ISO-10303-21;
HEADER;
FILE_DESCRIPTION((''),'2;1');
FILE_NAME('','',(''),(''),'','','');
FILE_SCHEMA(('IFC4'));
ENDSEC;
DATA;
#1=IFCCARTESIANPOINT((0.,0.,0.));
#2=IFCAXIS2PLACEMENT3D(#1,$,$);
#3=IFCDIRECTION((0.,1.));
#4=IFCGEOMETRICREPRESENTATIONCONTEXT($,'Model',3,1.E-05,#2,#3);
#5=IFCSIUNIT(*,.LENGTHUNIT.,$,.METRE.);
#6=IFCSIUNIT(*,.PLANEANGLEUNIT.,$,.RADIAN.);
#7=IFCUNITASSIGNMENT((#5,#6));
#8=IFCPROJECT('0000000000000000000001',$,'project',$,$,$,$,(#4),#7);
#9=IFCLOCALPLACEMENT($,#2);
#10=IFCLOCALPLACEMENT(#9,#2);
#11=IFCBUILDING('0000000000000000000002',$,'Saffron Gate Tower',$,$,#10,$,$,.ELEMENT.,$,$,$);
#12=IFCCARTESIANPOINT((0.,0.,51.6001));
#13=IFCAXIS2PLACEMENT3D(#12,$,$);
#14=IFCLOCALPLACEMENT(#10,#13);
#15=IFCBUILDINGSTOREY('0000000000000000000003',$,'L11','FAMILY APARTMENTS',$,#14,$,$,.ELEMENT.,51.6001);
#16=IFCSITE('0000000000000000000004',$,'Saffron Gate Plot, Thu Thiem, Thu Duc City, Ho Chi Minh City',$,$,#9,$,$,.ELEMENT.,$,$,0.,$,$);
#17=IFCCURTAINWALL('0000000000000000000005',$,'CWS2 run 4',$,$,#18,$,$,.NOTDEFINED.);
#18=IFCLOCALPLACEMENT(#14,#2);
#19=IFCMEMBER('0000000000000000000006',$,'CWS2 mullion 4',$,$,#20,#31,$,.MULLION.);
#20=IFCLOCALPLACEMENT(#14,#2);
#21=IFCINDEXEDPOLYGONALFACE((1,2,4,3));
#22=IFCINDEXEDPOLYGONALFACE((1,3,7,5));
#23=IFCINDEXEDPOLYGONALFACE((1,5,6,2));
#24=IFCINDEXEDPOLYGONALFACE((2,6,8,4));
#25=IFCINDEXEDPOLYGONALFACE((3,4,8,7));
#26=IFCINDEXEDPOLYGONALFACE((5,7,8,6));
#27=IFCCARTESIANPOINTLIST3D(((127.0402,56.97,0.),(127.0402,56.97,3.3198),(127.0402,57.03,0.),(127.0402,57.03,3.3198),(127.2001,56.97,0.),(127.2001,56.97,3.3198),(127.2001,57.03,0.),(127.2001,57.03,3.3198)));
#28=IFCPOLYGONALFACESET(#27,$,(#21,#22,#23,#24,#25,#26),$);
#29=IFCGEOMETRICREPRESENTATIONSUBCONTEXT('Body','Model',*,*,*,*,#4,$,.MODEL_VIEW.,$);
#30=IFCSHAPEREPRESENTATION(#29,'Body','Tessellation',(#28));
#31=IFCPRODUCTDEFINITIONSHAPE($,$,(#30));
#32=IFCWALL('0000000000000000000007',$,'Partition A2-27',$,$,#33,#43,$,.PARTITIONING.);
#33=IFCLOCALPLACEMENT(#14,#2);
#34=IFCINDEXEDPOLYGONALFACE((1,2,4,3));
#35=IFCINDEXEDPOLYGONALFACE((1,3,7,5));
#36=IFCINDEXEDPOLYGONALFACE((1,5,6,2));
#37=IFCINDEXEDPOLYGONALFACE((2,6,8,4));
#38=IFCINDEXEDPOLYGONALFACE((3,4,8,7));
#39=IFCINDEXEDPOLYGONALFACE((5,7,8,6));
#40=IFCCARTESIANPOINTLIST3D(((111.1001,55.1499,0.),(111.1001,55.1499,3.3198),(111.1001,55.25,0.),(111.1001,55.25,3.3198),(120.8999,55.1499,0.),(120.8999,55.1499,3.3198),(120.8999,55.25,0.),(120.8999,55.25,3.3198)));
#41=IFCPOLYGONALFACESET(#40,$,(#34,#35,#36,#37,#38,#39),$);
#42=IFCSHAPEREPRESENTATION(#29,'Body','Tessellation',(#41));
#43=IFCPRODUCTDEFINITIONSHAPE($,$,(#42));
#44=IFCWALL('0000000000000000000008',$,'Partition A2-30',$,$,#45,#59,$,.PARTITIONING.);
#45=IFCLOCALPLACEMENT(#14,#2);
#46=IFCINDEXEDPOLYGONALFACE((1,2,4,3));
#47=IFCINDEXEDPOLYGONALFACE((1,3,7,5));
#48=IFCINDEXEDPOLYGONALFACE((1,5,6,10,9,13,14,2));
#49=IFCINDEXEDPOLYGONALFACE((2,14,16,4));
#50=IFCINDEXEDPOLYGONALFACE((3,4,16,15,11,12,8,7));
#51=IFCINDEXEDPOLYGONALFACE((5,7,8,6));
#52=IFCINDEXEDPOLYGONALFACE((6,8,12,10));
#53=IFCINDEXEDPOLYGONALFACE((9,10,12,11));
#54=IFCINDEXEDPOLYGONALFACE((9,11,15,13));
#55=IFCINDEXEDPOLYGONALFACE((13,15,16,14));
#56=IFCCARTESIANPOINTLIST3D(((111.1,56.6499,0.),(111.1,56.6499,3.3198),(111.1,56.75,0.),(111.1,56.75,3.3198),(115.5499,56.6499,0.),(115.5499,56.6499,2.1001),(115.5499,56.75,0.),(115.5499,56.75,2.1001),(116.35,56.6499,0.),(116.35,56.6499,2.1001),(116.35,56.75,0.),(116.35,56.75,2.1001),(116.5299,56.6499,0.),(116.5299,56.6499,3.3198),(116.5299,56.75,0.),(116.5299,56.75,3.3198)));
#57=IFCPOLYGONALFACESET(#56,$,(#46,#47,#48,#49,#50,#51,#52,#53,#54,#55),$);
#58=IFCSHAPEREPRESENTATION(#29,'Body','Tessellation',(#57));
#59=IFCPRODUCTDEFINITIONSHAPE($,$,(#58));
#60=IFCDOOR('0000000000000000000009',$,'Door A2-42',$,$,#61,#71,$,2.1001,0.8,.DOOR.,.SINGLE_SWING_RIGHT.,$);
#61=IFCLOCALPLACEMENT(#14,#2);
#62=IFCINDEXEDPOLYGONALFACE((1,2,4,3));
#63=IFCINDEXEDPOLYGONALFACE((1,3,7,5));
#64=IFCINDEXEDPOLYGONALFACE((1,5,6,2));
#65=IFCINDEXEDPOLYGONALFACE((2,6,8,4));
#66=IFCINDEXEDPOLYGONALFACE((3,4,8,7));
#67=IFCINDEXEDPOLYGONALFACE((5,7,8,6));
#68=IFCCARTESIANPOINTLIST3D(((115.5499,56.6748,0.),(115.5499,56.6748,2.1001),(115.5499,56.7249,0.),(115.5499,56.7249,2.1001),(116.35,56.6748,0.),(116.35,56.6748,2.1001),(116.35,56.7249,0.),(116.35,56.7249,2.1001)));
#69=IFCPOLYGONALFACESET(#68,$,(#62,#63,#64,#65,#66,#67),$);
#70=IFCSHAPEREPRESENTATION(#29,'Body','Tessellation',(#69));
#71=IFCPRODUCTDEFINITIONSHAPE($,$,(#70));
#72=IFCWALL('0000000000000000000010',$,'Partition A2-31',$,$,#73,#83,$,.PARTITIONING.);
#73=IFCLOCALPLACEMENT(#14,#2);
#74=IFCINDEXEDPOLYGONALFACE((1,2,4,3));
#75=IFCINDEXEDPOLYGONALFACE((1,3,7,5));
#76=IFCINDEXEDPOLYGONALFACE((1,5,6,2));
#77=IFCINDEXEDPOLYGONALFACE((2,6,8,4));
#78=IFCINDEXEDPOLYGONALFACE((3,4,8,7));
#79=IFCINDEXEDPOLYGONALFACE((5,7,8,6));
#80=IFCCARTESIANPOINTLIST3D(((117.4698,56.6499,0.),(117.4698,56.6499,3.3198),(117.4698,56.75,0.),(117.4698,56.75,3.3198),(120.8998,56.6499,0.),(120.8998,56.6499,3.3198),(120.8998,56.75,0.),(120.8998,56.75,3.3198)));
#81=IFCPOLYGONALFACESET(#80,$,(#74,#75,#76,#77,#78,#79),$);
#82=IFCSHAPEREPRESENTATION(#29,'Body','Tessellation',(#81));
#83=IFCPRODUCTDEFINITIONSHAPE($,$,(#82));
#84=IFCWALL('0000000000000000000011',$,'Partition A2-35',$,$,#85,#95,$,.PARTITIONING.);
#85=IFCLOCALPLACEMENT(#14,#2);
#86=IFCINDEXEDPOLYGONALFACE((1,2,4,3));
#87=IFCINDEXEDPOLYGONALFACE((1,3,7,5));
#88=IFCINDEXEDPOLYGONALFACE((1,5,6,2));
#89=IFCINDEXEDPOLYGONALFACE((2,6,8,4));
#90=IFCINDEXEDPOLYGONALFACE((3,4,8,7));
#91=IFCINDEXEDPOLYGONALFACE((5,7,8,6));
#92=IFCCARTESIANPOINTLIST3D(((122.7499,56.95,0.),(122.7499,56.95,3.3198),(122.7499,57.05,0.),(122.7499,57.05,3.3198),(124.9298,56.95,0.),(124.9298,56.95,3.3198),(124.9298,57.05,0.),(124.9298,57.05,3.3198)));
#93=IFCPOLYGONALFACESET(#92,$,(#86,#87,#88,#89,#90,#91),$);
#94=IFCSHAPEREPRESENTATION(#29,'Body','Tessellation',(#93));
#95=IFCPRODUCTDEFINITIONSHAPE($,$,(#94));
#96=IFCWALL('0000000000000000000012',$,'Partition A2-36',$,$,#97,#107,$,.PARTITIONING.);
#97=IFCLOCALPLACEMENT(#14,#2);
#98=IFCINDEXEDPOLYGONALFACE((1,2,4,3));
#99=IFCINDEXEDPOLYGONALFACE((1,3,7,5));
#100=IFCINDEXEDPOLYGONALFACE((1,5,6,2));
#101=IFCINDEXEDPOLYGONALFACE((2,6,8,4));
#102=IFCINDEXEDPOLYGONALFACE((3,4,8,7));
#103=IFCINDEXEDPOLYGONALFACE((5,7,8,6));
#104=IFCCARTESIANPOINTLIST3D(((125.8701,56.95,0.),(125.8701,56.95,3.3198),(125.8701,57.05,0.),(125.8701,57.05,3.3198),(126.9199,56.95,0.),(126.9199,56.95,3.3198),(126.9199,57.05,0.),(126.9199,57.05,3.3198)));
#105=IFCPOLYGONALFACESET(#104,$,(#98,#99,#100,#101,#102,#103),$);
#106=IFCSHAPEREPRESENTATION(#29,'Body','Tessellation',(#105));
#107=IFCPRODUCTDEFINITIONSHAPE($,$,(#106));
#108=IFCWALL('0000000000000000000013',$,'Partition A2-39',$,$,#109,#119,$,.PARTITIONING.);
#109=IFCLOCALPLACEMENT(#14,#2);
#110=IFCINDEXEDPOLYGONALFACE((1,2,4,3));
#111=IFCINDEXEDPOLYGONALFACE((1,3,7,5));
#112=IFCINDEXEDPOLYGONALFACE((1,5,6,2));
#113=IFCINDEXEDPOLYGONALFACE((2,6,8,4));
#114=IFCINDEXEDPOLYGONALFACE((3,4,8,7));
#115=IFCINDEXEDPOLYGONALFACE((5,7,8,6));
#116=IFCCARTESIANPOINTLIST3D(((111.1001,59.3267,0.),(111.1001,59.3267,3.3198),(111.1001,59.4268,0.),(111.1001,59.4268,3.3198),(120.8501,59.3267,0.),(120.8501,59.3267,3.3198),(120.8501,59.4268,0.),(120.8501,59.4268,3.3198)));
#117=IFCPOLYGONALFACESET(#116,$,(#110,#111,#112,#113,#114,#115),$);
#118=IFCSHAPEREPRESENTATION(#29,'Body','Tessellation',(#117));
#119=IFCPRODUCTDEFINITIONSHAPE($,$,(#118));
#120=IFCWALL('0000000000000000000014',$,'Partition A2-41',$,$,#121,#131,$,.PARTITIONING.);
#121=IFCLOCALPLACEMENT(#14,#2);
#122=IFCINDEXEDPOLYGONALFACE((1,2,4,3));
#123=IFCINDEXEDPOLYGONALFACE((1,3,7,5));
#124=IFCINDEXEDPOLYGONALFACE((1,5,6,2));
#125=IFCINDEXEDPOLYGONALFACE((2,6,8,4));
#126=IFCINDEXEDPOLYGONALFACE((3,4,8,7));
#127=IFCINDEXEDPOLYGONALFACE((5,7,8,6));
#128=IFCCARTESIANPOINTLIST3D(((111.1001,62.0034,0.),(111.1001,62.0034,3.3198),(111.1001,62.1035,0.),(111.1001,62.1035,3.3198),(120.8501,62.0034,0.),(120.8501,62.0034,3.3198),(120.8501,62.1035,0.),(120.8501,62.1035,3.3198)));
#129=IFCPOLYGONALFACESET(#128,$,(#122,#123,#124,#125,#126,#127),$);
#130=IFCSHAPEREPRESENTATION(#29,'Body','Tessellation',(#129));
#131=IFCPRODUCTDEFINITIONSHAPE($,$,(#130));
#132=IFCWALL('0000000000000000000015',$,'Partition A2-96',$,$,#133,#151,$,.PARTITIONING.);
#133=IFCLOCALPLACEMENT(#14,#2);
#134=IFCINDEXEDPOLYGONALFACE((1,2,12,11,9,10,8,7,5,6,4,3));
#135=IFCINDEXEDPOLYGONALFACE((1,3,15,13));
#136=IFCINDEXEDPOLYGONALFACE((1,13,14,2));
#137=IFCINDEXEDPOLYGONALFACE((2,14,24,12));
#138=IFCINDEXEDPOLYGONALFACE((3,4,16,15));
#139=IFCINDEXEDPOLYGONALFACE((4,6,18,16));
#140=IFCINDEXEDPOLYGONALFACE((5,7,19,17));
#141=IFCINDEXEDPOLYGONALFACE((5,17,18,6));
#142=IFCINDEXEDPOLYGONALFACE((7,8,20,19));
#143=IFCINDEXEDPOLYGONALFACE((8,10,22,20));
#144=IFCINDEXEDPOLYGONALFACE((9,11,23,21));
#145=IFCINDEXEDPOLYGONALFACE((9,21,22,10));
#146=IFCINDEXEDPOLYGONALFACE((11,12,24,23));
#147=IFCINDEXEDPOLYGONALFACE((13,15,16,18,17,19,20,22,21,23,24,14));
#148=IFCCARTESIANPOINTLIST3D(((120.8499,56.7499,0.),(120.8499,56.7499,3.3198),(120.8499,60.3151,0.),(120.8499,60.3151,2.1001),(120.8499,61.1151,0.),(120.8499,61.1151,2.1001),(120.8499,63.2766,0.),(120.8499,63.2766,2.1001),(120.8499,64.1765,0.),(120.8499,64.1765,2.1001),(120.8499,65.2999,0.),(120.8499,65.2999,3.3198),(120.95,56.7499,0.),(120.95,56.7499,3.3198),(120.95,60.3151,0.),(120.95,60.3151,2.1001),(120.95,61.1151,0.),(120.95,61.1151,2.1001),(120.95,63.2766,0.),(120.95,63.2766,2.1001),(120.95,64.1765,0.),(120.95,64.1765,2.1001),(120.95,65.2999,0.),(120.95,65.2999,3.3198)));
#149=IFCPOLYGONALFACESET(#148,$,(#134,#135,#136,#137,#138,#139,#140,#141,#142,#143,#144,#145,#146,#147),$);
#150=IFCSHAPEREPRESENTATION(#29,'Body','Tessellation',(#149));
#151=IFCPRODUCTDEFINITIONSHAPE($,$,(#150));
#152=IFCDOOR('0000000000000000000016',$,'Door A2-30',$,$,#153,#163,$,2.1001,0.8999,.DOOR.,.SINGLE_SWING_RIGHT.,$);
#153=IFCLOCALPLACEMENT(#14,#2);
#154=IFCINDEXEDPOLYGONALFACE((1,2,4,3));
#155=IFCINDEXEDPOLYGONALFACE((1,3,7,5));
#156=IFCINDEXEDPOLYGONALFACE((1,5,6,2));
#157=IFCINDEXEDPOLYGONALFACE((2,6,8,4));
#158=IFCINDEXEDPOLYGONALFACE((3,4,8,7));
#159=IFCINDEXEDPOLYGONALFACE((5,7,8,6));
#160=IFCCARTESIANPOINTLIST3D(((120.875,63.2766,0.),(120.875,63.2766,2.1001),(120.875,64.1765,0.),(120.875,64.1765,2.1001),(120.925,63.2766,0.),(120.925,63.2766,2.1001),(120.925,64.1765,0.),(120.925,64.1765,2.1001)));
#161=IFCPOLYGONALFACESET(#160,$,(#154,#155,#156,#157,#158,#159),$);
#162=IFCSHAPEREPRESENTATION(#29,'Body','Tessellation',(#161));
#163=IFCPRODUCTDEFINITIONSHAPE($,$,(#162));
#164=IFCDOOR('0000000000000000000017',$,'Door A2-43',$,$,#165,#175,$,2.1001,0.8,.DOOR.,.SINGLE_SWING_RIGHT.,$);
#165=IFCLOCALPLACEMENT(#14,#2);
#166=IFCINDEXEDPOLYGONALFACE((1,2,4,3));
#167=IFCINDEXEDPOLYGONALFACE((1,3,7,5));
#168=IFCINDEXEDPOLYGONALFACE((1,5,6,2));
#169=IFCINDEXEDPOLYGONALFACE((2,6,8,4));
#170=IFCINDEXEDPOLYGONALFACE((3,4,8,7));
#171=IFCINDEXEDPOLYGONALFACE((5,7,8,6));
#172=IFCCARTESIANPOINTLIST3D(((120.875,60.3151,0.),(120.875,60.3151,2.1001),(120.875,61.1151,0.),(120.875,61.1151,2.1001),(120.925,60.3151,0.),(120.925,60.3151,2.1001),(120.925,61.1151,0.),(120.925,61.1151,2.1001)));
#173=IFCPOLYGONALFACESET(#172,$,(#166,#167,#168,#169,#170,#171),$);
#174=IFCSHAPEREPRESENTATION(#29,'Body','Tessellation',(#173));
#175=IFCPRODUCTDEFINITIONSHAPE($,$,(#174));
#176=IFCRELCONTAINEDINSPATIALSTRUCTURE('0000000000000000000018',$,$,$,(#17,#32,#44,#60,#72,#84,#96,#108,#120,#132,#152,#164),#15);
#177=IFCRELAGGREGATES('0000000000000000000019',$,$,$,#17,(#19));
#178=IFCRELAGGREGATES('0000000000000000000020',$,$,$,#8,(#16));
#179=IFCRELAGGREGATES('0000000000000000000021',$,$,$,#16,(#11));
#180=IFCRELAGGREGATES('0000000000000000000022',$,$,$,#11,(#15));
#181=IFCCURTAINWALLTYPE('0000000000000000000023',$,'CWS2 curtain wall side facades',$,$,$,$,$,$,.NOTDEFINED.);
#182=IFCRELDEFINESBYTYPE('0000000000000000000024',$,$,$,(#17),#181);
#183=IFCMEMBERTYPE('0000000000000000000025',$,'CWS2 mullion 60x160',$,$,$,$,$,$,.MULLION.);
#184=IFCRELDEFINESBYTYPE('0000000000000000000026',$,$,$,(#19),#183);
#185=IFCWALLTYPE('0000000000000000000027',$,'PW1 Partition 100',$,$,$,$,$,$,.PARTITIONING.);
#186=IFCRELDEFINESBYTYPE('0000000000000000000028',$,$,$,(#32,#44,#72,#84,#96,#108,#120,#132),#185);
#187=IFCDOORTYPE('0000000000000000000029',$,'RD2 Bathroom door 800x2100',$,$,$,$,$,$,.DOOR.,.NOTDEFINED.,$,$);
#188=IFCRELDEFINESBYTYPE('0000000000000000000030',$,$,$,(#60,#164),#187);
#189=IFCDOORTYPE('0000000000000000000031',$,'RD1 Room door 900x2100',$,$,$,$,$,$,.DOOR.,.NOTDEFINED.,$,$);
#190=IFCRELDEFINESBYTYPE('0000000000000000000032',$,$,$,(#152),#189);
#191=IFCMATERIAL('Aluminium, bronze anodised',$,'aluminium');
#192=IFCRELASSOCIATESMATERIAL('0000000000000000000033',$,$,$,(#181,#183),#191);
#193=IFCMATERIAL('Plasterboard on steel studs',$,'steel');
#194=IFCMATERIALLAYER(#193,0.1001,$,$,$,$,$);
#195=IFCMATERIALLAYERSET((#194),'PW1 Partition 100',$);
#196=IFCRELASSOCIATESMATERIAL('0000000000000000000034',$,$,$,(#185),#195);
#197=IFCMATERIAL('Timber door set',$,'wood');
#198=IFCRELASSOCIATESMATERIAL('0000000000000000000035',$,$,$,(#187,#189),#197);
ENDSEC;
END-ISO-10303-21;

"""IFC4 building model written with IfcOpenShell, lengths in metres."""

from ifc_helpers import new_model, si_unit, direction, frame, frame_2d, origin, origin_2d, place, context, subcontext, project, spatial, rectangle, extrude, material, layer, layer_set, material_profile, profile_set, type_object, element, fill, aggregate, save


model = new_model("IFC4")

# Units and contexts
model_context = context("Model", 3, precision=1e-05, world=origin(), true_north=direction((0.0, 1.0)))
body_context = subcontext(model_context, "Body", "Model", "MODEL_VIEW")
ifc_project = project(units=[si_unit("LENGTHUNIT", "METRE"), si_unit("PLANEANGLEUNIT", "RADIAN")], contexts=[model_context])

# Site, building, storey
site_placement = place(None, origin())
site = spatial("IfcSite", under=ifc_project, at=site_placement, Name="Saffron Gate Plot, Thu Thiem, Thu Duc City, Ho Chi Minh City", CompositionType="ELEMENT", RefElevation=0.0)
building_placement = place(site_placement, origin())
building = spatial("IfcBuilding", under=site, at=building_placement, Name="Saffron Gate Tower", CompositionType="ELEMENT")
storey_placement = place(building_placement, frame((0.0, 0.0, 51.6001)))
storey = spatial("IfcBuildingStorey", under=building, at=storey_placement, Name="L11", Description="FAMILY APARTMENTS", CompositionType="ELEMENT", Elevation=51.6001)

# Curtain wall, member
ifc_material_1 = material(Name="Aluminium, bronze anodised", Category="aluminium")
curtain_wall_type = type_object("IfcCurtainWallType", Name="CWS2 curtain wall side facades", PredefinedType="NOTDEFINED", material=ifc_material_1)
curtain_wall_placement = place(storey_placement, origin())
curtain_wall = element("IfcCurtainWall", 1, at=curtain_wall_placement, inside=storey, type_object=curtain_wall_type, Name="CWS2 run 4", PredefinedType="NOTDEFINED")
ifc_material_profile_1 = material_profile(ifc_material_1, rectangle(XDim=0.1599, YDim=0.0601, at=origin_2d()))
ifc_profile_set_1 = profile_set([ifc_material_profile_1], Name="Aluminium, bronze anodised")
member_type = type_object("IfcMemberType", Name="CWS2 mullion 60x160", PredefinedType="MULLION", material=ifc_profile_set_1)
member_1_placement = place(storey_placement, frame((127.1201, 57.0, 0.0), z_axis=(0.0, 0.0, 1.0), x_axis=(-1.0, 0.0, 0.0)))
member_1 = element("IfcMember", 2, at=member_1_placement, type_object=member_type, Name="CWS2 mullion 4", PredefinedType="MULLION", context=body_context, shape_type="SweptSolid", body=[
    extrude(rectangle(XDim=0.1599, YDim=0.0601, at=origin_2d()), origin(), (0.0, 0.0, 1.0), 3.3198),
])
aggregate(curtain_wall, [member_1])

# Wall
ifc_material_2 = material(Name="Plasterboard on steel studs", Category="steel")
ifc_layer_1 = layer(ifc_material_2, 0.1001)
ifc_layer_set_1 = layer_set([ifc_layer_1], Name="PW1 Partition 100")
wall_type_1 = type_object("IfcWallType", Name="PW1 Partition 100", PredefinedType="PARTITIONING", material=ifc_layer_set_1)
wall_1_placement = place(storey_placement, frame((111.1001, 55.2, 0.0), z_axis=(0.0, 0.0, 1.0), x_axis=(1.0, 0.0, 0.0)))
element("IfcWall", 3, at=wall_1_placement, inside=storey, type_object=wall_type_1, Name="Partition A2-27", PredefinedType="PARTITIONING", context=body_context, shape_type="SweptSolid", body=[
    extrude(rectangle(XDim=9.7998, YDim=0.1001, at=frame_2d((4.8999, 0.0))), origin(), (0.0, 0.0, 1.0), 3.3198),
])

# Wall, opening, door
wall_2_placement = place(storey_placement, frame((111.1001, 56.7, 0.0), z_axis=(0.0, 0.0, 1.0), x_axis=(1.0, 0.0, 0.0)))
wall_2 = element("IfcWall", 4, at=wall_2_placement, inside=storey, type_object=wall_type_1, Name="Partition A2-30", PredefinedType="PARTITIONING", context=body_context, shape_type="SweptSolid", body=[
    extrude(rectangle(XDim=5.4299, YDim=0.1001, at=frame_2d((2.7148, 0.0))), origin(), (0.0, 0.0, 1.0), 3.3198),
])
opening_1_placement = place(wall_2_placement, frame((4.45, 0.0, 0.0)))
opening_1 = element("IfcOpeningElement", 5, at=opening_1_placement, cuts=wall_2, PredefinedType="OPENING", context=body_context, shape_type="SweptSolid", body=[
    extrude(rectangle(XDim=0.8, YDim=2.1001, at=frame_2d((0.3999, 1.05))), frame((0.0, 0.0601, 0.0), z_axis=(0.0, -1.0, 0.0), x_axis=(1.0, 0.0, 0.0)), (0.0, 0.0, 1.0), 0.1201),
])
ifc_material_3 = material(Name="Timber door set", Category="wood")
door_type_1 = type_object("IfcDoorType", Name="RD2 Bathroom door 800x2100", OperationType="NOTDEFINED", PredefinedType="DOOR", material=ifc_material_3)
door_1_placement = place(opening_1_placement, origin())
door_1 = element("IfcDoor", 6, at=door_1_placement, inside=storey, type_object=door_type_1, Name="Door A2-42", OperationType="SINGLE_SWING_RIGHT", OverallHeight=2.1001, OverallWidth=0.8, PredefinedType="DOOR", context=body_context, shape_type="SweptSolid", body=[
    extrude(rectangle(XDim=0.8, YDim=2.1001, at=frame_2d((0.3999, 1.05))), frame((0.0, 0.0249, 0.0), z_axis=(0.0, -1.0, 0.0), x_axis=(1.0, 0.0, 0.0)), (0.0, 0.0, 1.0), 0.05),
])
fill(opening_1, door_1)

# Walls
wall_3_placement = place(storey_placement, frame((117.47, 56.7, 0.0), z_axis=(0.0, 0.0, 1.0), x_axis=(1.0, 0.0, 0.0)))
element("IfcWall", 7, at=wall_3_placement, inside=storey, type_object=wall_type_1, Name="Partition A2-31", PredefinedType="PARTITIONING", context=body_context, shape_type="SweptSolid", body=[
    extrude(rectangle(XDim=3.4299, YDim=0.1001, at=frame_2d((1.7148, 0.0))), origin(), (0.0, 0.0, 1.0), 3.3198),
])
wall_4_placement = place(storey_placement, frame((122.75, 57.0, 0.0), z_axis=(0.0, 0.0, 1.0), x_axis=(1.0, 0.0, 0.0)))
element("IfcWall", 8, at=wall_4_placement, inside=storey, type_object=wall_type_1, Name="Partition A2-35", PredefinedType="PARTITIONING", context=body_context, shape_type="SweptSolid", body=[
    extrude(rectangle(XDim=2.1799, YDim=0.1001, at=frame_2d((1.0898, 0.0))), origin(), (0.0, 0.0, 1.0), 3.3198),
])
wall_5_placement = place(storey_placement, frame((125.8701, 57.0, 0.0), z_axis=(0.0, 0.0, 1.0), x_axis=(1.0, 0.0, 0.0)))
element("IfcWall", 9, at=wall_5_placement, inside=storey, type_object=wall_type_1, Name="Partition A2-36", PredefinedType="PARTITIONING", context=body_context, shape_type="SweptSolid", body=[
    extrude(rectangle(XDim=1.0498, YDim=0.1001, at=frame_2d((0.5249, 0.0))), origin(), (0.0, 0.0, 1.0), 3.3198),
])
for number, where, z_axis, x_axis, name in (
    (10, (111.1001, 59.3767, 0.0), (0.0, 0.0, 1.0), (1.0, 0.0, 0.0), "Partition A2-39"),
    (11, (111.1001, 62.0535, 0.0), (0.0, 0.0, 1.0), (1.0, 0.0, 0.0), "Partition A2-41"),
):
    element("IfcWall", number, at=place(storey_placement, frame(where, z_axis=z_axis, x_axis=x_axis)), inside=storey, type_object=wall_type_1, Name=name, PredefinedType="PARTITIONING", context=body_context, shape_type="SweptSolid", body=[
        extrude(rectangle(XDim=9.75, YDim=0.1001, at=frame_2d((4.875, 0.0))), origin(), (0.0, 0.0, 1.0), 3.3198),
    ])

# Wall, openings, doors
wall_6_placement = place(storey_placement, frame((120.8999, 56.75, 0.0), z_axis=(0.0, 0.0, 1.0), x_axis=(0.0, 1.0, 0.0)))
wall_6 = element("IfcWall", 12, at=wall_6_placement, inside=storey, type_object=wall_type_1, Name="Partition A2-96", PredefinedType="PARTITIONING", context=body_context, shape_type="SweptSolid", body=[
    extrude(rectangle(XDim=8.55, YDim=0.1001, at=frame_2d((4.2749, 0.0))), origin(), (0.0, 0.0, 1.0), 3.3198),
])
opening_2_placement = place(wall_6_placement, frame((3.5652, 0.0, 0.0)))
opening_2 = element("IfcOpeningElement", 13, at=opening_2_placement, cuts=wall_6, PredefinedType="OPENING", context=body_context, shape_type="SweptSolid", body=[
    extrude(rectangle(XDim=0.8, YDim=2.1001, at=frame_2d((0.3999, 1.05))), frame((0.0, 0.0601, 0.0), z_axis=(0.0, -1.0, 0.0), x_axis=(1.0, 0.0, 0.0)), (0.0, 0.0, 1.0), 0.1201),
])
opening_3_placement = place(wall_6_placement, frame((6.5266, 0.0, 0.0)))
opening_3 = element("IfcOpeningElement", 14, at=opening_3_placement, cuts=wall_6, PredefinedType="OPENING", context=body_context, shape_type="SweptSolid", body=[
    extrude(rectangle(XDim=0.8999, YDim=2.1001, at=frame_2d((0.45, 1.05))), frame((0.0, 0.0601, 0.0), z_axis=(0.0, -1.0, 0.0), x_axis=(1.0, 0.0, 0.0)), (0.0, 0.0, 1.0), 0.1201),
])
door_type_2 = type_object("IfcDoorType", Name="RD1 Room door 900x2100", OperationType="NOTDEFINED", PredefinedType="DOOR", material=ifc_material_3)
door_2_placement = place(opening_3_placement, origin())
door_2 = element("IfcDoor", 15, at=door_2_placement, inside=storey, type_object=door_type_2, Name="Door A2-30", OperationType="SINGLE_SWING_RIGHT", OverallHeight=2.1001, OverallWidth=0.8999, PredefinedType="DOOR", context=body_context, shape_type="SweptSolid", body=[
    extrude(rectangle(XDim=0.8999, YDim=2.1001, at=frame_2d((0.45, 1.05))), frame((0.0, 0.0249, 0.0), z_axis=(0.0, -1.0, 0.0), x_axis=(1.0, 0.0, 0.0)), (0.0, 0.0, 1.0), 0.05),
])
fill(opening_3, door_2)
door_3_placement = place(opening_2_placement, origin())
door_3 = element("IfcDoor", 16, at=door_3_placement, inside=storey, type_object=door_type_1, Name="Door A2-43", OperationType="SINGLE_SWING_RIGHT", OverallHeight=2.1001, OverallWidth=0.8, PredefinedType="DOOR", context=body_context, shape_type="SweptSolid", body=[
    extrude(rectangle(XDim=0.8, YDim=2.1001, at=frame_2d((0.3999, 1.05))), frame((0.0, 0.0249, 0.0), z_axis=(0.0, -1.0, 0.0), x_axis=(1.0, 0.0, 0.0)), (0.0, 0.0, 1.0), 0.05),
])
fill(opening_2, door_3)

save(model, "model.ifc")
